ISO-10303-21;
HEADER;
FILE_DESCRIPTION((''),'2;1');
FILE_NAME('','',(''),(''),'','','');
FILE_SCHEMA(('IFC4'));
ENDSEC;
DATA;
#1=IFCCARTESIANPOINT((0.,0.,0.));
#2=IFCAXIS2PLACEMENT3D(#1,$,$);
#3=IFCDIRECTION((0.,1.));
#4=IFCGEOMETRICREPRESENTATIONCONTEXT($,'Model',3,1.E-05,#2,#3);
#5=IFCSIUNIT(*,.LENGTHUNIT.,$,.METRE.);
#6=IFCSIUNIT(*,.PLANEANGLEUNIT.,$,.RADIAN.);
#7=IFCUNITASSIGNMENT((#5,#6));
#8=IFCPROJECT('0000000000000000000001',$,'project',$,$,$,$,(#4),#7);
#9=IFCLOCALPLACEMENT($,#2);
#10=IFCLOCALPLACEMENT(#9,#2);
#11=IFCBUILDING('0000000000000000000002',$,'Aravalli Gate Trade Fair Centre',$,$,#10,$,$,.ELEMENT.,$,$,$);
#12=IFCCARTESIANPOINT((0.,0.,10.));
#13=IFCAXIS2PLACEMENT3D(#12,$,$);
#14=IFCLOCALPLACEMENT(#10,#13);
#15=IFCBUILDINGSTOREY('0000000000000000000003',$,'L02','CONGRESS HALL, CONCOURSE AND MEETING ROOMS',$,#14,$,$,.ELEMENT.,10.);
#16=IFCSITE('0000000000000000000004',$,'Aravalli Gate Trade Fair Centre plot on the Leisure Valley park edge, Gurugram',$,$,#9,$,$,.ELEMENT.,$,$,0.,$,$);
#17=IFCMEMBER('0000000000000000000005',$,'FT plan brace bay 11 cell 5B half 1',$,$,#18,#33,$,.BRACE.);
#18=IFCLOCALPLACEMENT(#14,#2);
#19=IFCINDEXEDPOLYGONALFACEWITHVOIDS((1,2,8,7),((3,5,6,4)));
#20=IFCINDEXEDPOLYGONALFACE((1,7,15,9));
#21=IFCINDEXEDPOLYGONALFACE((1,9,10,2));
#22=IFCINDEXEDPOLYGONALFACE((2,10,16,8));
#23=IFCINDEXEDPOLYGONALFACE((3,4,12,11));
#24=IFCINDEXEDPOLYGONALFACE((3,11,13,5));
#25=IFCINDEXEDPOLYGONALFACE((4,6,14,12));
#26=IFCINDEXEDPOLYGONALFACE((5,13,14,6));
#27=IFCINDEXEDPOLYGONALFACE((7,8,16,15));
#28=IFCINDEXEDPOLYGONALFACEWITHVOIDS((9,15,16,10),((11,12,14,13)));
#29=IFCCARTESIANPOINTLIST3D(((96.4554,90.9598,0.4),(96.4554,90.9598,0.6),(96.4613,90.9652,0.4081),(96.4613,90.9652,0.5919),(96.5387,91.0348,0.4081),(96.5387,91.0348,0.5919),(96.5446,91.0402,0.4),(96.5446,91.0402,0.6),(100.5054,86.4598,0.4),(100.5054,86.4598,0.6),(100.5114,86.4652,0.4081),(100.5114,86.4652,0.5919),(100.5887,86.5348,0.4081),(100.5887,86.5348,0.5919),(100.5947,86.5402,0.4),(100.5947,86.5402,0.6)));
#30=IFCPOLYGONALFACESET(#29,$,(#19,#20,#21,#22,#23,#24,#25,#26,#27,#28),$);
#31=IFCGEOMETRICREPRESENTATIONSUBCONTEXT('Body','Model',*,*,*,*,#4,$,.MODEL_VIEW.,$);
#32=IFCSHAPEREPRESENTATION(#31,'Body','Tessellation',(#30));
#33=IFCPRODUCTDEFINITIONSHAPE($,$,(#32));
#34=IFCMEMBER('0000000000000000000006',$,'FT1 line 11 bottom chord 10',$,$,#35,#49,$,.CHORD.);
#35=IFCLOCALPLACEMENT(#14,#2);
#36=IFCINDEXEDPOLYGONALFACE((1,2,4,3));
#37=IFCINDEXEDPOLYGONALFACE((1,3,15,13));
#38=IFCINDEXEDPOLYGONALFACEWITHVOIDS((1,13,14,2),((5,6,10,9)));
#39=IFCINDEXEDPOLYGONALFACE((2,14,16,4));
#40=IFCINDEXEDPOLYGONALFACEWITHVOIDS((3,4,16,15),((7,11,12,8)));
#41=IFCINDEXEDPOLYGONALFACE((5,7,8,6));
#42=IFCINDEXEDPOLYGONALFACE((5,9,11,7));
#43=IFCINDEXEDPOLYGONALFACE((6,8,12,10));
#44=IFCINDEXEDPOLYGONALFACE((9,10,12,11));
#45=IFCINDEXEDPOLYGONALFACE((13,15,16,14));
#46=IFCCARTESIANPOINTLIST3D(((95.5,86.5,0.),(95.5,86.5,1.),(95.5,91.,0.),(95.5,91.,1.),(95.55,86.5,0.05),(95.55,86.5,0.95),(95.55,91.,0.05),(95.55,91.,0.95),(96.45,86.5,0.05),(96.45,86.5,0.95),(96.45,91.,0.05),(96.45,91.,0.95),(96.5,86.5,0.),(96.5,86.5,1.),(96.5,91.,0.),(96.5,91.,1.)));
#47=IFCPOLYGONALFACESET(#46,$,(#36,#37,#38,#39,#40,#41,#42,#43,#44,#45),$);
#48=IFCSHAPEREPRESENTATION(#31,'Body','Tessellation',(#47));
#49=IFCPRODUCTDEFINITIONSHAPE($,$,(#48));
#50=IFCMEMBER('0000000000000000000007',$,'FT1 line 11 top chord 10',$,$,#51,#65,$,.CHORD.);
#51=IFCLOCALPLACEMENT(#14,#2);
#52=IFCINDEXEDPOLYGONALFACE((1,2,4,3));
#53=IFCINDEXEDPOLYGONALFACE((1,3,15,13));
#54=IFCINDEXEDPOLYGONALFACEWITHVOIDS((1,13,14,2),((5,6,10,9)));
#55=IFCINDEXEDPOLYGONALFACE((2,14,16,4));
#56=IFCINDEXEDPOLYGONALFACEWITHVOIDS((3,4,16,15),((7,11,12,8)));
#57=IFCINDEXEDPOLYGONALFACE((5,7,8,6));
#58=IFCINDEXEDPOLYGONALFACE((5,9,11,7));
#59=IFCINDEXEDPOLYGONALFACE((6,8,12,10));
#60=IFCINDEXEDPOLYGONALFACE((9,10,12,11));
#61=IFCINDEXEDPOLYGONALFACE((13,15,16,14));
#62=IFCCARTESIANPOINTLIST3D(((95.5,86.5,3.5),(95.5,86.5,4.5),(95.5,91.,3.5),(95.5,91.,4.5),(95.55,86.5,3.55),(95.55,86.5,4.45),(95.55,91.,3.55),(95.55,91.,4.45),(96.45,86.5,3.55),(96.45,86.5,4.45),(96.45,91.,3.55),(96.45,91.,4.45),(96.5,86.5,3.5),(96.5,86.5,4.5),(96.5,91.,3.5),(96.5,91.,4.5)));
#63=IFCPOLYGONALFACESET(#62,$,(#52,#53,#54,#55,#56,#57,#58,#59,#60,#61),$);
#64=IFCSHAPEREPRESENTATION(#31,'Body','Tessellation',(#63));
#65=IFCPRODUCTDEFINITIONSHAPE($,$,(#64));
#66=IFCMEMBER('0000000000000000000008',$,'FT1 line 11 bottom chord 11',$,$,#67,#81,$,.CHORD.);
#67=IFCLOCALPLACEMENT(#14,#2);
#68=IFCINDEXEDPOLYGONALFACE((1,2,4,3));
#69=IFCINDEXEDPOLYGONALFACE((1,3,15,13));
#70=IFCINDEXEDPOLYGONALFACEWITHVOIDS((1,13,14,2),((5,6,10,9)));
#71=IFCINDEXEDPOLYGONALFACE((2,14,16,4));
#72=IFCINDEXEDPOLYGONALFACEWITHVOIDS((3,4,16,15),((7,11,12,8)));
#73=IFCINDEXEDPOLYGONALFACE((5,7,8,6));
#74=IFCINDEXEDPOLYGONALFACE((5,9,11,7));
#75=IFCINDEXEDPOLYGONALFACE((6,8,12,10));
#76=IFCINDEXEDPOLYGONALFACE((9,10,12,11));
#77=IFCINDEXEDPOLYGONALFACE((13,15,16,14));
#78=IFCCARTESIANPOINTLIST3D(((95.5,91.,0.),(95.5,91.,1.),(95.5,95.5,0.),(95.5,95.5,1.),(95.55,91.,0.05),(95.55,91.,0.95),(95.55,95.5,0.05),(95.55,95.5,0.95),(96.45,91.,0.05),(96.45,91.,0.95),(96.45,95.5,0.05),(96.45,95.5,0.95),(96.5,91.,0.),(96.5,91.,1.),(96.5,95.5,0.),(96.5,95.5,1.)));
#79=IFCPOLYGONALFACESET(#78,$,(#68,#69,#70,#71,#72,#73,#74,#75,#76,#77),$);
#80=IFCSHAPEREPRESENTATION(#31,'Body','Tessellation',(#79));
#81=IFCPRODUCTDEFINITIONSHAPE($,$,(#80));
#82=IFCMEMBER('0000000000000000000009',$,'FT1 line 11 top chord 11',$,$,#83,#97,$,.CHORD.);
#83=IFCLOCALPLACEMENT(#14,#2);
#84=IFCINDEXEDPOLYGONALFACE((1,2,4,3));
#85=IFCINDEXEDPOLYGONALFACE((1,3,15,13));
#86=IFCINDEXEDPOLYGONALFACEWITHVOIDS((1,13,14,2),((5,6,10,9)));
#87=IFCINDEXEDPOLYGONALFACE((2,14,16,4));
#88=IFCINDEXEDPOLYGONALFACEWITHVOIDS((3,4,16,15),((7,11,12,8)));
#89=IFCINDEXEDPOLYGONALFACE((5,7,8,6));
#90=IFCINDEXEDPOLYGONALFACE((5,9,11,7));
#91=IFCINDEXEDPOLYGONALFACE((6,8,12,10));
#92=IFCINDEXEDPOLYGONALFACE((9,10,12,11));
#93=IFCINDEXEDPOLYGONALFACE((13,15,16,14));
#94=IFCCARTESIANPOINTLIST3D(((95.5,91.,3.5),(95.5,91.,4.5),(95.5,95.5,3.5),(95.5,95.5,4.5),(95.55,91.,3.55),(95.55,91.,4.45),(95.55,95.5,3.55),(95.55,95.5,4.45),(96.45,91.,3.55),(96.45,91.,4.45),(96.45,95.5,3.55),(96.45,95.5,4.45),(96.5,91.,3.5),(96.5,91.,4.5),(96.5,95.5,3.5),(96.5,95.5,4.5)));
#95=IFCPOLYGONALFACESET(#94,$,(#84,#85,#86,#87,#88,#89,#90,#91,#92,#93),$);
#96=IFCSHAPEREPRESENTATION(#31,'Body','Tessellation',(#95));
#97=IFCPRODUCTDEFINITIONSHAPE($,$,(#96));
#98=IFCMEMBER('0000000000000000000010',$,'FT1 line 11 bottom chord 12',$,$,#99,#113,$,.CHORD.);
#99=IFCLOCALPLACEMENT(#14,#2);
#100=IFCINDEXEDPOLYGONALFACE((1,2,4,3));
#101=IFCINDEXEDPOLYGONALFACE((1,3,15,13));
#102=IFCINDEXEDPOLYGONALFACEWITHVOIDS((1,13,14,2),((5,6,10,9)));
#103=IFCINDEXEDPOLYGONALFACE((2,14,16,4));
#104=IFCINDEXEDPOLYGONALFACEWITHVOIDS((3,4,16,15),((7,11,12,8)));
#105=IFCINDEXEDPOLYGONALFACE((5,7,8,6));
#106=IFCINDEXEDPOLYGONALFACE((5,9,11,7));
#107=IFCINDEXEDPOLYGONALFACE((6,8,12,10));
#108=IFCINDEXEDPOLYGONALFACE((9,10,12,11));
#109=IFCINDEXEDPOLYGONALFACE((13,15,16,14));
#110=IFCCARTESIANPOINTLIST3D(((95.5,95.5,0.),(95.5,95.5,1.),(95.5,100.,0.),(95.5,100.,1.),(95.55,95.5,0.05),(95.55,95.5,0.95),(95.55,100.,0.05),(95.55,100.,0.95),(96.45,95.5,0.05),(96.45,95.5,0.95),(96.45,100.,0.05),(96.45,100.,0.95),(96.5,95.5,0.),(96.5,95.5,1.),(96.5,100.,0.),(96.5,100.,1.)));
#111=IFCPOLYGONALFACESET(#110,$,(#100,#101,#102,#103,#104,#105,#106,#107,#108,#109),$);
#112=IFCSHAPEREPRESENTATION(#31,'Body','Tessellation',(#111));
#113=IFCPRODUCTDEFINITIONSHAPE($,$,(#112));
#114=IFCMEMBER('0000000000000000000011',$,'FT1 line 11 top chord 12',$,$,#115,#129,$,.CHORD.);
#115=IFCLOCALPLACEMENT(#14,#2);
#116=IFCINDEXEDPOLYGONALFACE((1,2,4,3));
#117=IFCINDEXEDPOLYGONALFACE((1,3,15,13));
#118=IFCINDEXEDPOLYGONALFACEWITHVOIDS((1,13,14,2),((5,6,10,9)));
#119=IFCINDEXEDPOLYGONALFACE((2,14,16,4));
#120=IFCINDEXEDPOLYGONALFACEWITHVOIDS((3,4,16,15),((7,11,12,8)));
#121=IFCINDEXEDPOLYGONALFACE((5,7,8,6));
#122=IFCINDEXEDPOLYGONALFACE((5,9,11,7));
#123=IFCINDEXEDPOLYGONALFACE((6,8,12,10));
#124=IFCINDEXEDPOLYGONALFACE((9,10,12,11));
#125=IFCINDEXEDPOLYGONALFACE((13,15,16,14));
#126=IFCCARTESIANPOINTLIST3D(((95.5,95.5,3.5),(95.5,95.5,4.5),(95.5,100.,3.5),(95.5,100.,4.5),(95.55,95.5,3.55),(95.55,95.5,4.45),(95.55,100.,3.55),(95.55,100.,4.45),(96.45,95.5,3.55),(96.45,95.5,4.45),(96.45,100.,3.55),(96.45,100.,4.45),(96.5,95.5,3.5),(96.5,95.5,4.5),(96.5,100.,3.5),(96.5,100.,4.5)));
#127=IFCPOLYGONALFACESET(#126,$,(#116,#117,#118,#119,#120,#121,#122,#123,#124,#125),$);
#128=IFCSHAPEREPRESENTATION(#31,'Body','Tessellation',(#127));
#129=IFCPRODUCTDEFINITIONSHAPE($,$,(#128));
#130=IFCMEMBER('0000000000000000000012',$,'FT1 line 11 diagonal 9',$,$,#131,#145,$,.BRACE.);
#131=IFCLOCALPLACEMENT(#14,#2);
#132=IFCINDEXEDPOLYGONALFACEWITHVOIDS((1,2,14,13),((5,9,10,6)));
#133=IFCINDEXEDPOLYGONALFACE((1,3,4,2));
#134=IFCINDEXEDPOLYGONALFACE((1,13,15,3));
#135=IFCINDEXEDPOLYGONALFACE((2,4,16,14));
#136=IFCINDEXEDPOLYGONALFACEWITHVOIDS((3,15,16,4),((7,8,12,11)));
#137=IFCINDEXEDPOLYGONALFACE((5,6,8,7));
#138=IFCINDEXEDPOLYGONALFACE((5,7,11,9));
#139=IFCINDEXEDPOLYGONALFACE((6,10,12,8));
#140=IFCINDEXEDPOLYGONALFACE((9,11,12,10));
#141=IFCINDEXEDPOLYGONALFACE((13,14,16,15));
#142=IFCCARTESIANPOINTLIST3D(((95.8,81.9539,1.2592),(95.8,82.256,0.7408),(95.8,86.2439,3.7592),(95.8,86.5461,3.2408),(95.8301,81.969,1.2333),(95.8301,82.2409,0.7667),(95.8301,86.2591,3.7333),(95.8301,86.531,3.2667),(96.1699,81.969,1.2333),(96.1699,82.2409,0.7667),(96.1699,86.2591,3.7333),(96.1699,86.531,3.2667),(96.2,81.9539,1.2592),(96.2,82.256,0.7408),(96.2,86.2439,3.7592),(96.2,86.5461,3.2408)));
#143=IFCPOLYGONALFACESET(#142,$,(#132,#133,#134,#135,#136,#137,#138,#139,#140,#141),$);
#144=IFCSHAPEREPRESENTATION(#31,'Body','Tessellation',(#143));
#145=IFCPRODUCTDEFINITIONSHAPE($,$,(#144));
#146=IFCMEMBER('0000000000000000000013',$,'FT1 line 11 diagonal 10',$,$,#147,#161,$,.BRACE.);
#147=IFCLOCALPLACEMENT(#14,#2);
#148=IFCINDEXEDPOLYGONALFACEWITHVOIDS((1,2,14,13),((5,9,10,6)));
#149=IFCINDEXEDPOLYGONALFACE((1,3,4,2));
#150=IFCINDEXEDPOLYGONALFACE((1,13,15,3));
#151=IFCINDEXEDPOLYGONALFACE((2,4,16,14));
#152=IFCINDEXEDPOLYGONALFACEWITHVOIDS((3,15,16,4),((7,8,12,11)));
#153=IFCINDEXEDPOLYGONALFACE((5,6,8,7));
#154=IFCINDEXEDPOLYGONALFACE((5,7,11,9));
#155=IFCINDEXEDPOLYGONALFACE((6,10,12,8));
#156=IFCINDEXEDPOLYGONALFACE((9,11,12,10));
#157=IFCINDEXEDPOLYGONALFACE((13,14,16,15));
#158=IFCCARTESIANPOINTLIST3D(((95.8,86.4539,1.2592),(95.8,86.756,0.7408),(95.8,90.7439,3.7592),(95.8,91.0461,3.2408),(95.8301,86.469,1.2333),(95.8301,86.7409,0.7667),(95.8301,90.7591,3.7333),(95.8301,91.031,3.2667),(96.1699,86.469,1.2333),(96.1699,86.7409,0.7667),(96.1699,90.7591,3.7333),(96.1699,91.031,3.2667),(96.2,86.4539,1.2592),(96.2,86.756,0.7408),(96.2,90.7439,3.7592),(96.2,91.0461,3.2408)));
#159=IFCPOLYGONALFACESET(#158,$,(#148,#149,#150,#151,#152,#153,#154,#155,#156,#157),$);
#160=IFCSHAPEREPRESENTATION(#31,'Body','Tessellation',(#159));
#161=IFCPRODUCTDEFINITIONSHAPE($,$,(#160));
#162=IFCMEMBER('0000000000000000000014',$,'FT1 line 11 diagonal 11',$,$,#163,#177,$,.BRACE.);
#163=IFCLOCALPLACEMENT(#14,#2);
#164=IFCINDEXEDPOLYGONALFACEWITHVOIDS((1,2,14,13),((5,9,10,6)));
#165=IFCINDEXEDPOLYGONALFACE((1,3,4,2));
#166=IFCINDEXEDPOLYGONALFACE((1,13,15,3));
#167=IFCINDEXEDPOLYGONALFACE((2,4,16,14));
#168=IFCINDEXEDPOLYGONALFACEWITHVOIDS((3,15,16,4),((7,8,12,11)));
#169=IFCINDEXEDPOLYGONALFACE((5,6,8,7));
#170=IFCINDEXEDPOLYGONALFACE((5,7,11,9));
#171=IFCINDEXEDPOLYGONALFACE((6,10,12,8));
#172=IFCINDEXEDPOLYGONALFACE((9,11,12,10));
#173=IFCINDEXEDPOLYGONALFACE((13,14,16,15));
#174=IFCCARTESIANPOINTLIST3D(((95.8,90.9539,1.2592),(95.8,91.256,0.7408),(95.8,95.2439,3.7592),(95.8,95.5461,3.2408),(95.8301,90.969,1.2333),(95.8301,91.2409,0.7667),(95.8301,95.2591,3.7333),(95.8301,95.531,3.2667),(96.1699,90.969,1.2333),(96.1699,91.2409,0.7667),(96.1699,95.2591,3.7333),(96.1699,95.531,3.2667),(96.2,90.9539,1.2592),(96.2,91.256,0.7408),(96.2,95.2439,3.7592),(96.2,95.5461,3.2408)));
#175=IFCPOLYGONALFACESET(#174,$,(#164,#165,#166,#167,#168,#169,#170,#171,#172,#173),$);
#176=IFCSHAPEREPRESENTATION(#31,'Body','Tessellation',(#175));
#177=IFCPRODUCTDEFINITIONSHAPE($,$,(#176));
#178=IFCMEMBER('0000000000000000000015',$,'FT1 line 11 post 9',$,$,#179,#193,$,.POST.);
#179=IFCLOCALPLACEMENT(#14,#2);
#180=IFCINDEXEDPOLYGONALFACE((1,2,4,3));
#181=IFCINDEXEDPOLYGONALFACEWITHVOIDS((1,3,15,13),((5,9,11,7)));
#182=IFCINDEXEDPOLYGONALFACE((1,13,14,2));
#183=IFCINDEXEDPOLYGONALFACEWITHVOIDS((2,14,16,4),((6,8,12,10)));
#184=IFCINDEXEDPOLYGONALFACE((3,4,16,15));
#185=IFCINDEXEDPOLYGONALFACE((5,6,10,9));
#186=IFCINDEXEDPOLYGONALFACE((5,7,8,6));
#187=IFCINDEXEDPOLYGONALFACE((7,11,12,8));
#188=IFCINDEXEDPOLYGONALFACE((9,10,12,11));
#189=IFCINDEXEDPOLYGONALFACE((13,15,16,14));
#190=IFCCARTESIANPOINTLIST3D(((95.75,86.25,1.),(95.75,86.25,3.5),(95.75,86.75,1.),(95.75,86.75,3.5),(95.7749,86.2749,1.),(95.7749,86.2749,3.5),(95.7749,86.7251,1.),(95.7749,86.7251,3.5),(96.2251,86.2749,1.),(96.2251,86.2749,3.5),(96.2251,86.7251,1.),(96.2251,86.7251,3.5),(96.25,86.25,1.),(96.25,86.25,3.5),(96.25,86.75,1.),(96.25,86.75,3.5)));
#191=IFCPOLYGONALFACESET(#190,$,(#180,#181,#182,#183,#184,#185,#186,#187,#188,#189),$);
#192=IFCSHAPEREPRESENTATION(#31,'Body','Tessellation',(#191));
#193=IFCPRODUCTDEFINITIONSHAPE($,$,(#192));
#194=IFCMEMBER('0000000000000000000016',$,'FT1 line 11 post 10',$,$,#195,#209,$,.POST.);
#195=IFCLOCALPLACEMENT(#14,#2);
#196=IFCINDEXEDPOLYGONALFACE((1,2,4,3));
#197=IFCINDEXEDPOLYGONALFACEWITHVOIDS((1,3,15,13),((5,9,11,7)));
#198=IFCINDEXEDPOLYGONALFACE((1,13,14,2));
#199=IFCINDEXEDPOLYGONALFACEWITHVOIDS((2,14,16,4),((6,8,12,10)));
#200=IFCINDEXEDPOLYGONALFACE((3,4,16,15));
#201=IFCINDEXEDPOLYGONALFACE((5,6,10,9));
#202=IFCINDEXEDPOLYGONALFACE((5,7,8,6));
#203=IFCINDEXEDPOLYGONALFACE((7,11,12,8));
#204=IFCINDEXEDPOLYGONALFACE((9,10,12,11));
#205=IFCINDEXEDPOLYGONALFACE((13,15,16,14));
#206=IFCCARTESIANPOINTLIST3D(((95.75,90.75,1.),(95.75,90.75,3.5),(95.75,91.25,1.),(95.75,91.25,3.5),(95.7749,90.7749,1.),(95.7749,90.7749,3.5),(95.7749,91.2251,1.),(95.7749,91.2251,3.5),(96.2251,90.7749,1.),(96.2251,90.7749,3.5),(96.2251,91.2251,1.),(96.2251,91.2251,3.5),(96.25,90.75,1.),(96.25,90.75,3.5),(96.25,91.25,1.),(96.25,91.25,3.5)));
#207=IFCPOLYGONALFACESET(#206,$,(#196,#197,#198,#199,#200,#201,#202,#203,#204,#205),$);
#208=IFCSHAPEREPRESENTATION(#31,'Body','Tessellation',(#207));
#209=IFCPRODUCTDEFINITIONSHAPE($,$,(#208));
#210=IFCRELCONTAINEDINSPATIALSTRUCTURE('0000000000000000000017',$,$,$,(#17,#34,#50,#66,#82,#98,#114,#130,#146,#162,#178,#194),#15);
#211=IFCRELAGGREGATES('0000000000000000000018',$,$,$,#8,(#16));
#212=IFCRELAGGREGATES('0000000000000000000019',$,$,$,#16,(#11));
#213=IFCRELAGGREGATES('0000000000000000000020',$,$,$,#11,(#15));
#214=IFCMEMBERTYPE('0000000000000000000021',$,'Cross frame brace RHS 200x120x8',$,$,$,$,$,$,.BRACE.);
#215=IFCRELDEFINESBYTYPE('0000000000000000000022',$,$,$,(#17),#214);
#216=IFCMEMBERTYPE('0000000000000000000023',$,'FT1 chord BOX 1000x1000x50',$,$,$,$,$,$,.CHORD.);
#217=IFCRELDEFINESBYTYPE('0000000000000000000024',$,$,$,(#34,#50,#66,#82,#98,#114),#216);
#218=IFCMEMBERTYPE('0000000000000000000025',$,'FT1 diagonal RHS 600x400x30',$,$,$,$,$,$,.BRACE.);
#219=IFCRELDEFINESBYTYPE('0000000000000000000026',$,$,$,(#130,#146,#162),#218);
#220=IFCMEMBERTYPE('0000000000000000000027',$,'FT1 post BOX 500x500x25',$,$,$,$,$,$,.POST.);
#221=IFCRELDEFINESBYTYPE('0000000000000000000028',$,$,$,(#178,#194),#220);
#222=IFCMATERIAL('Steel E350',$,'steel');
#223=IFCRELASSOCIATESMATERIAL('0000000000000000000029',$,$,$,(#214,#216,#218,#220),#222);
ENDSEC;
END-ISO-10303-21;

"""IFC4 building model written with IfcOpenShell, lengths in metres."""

from ifc_helpers import new_model, si_unit, direction, frame, origin, origin_2d, place, context, subcontext, project, spatial, hollow_rectangle, extrude, material, material_profile, profile_set, type_object, element, save


model = new_model("IFC4")

# Units and contexts
model_context = context("Model", 3, precision=1e-05, world=origin(), true_north=direction((0.0, 1.0)))
body_context = subcontext(model_context, "Body", "Model", "MODEL_VIEW")
ifc_project = project(units=[si_unit("LENGTHUNIT", "METRE"), si_unit("PLANEANGLEUNIT", "RADIAN")], contexts=[model_context])

# Site, building, storey
site_placement = place(None, origin())
site = spatial("IfcSite", under=ifc_project, at=site_placement, Name="Aravalli Gate Trade Fair Centre plot on the Leisure Valley park edge, Gurugram", CompositionType="ELEMENT", RefElevation=0.0)
building_placement = place(site_placement, origin())
building = spatial("IfcBuilding", under=site, at=building_placement, Name="Aravalli Gate Trade Fair Centre", CompositionType="ELEMENT")
storey_placement = place(building_placement, frame((0.0, 0.0, 10.0)))
storey = spatial("IfcBuildingStorey", under=building, at=storey_placement, Name="L02", Description="CONGRESS HALL, CONCOURSE AND MEETING ROOMS", CompositionType="ELEMENT", Elevation=10.0)

# Members
ifc_material = material(Name="Steel E350", Category="steel")
ifc_material_profile_1 = material_profile(ifc_material, hollow_rectangle(XDim=0.1201, YDim=0.2, WallThickness=0.0081, at=origin_2d()), Name="RHS 200x120x8")
ifc_profile_set_1 = profile_set([ifc_material_profile_1], Name="Steel E350")
member_type_1 = type_object("IfcMemberType", Name="Cross frame brace RHS 200x120x8", PredefinedType="BRACE", material=ifc_profile_set_1)
member_placement = place(storey_placement, frame((96.5, 91.0, 0.5), z_axis=(0.668969, -0.74329, 0.0), x_axis=(0.74329, 0.668969, 0.0)))
element("IfcMember", 1, at=member_placement, inside=storey, type_object=member_type_1, Name="FT plan brace bay 11 cell 5B half 1", PredefinedType="BRACE", context=body_context, shape_type="SweptSolid", body=[
    extrude(hollow_rectangle(XDim=0.1201, YDim=0.2, WallThickness=0.0081, at=origin_2d()), origin(), (0.0, 0.0, 1.0), 6.0542),
])
ifc_material_profile_2 = material_profile(ifc_material, hollow_rectangle(XDim=1.0, YDim=1.0, WallThickness=0.05, at=origin_2d()), Name="BOX 1000x1000x50")
ifc_profile_set_2 = profile_set([ifc_material_profile_2], Name="Steel E350")
member_type_2 = type_object("IfcMemberType", Name="FT1 chord BOX 1000x1000x50", PredefinedType="CHORD", material=ifc_profile_set_2)
for number, where, z_axis, x_axis, name in (
    (2, (96.0, 86.5, 0.5), (0.0, 1.0, 0.0), (-1.0, 0.0, 0.0), "FT1 line 11 bottom chord 10"),
    (3, (96.0, 86.5, 4.0), (0.0, 1.0, 0.0), (-1.0, 0.0, 0.0), "FT1 line 11 top chord 10"),
    (4, (96.0, 91.0, 0.5), (0.0, 1.0, 0.0), (-1.0, 0.0, 0.0), "FT1 line 11 bottom chord 11"),
    (5, (96.0, 91.0, 4.0), (0.0, 1.0, 0.0), (-1.0, 0.0, 0.0), "FT1 line 11 top chord 11"),
    (6, (96.0, 95.5, 0.5), (0.0, 1.0, 0.0), (-1.0, 0.0, 0.0), "FT1 line 11 bottom chord 12"),
    (7, (96.0, 95.5, 4.0), (0.0, 1.0, 0.0), (-1.0, 0.0, 0.0), "FT1 line 11 top chord 12"),
):
    element("IfcMember", number, at=place(storey_placement, frame(where, z_axis=z_axis, x_axis=x_axis)), inside=storey, type_object=member_type_2, Name=name, PredefinedType="CHORD", context=body_context, shape_type="SweptSolid", body=[
        extrude(hollow_rectangle(XDim=1.0, YDim=1.0, WallThickness=0.05, at=origin_2d()), origin(), (0.0, 0.0, 1.0), 4.5),
    ])
ifc_material_profile_3 = material_profile(ifc_material, hollow_rectangle(XDim=0.3999, YDim=0.6001, WallThickness=0.03, at=origin_2d()), Name="RHS 600x400x30")
ifc_profile_set_3 = profile_set([ifc_material_profile_3], Name="Steel E350")
member_type_3 = type_object("IfcMemberType", Name="FT1 diagonal RHS 600x400x30", PredefinedType="BRACE", material=ifc_profile_set_3)
for number, where, z_axis, x_axis, name in (
    (8, (96.0, 86.395, 3.5), (0.0, -0.864, -0.503492), (1.0, 0.0, 0.0), "FT1 line 11 diagonal 9"),
    (9, (96.0, 90.895, 3.5), (0.0, -0.864, -0.503492), (1.0, 0.0, 0.0), "FT1 line 11 diagonal 10"),
    (10, (96.0, 95.395, 3.5), (0.0, -0.864, -0.503492), (1.0, 0.0, 0.0), "FT1 line 11 diagonal 11"),
):
    element("IfcMember", number, at=place(storey_placement, frame(where, z_axis=z_axis, x_axis=x_axis)), inside=storey, type_object=member_type_3, Name=name, PredefinedType="BRACE", context=body_context, shape_type="SweptSolid", body=[
        extrude(hollow_rectangle(XDim=0.3999, YDim=0.6001, WallThickness=0.03, at=origin_2d()), origin(), (0.0, 0.0, 1.0), 4.9653),
    ])
ifc_material_profile_4 = material_profile(ifc_material, hollow_rectangle(XDim=0.5, YDim=0.5, WallThickness=0.0249, at=origin_2d()), Name="BOX 500x500x25")
ifc_profile_set_4 = profile_set([ifc_material_profile_4], Name="Steel E350")
member_type_4 = type_object("IfcMemberType", Name="FT1 post BOX 500x500x25", PredefinedType="POST", material=ifc_profile_set_4)
for number, where, z_axis, x_axis, name in (
    (11, (96.0, 86.5, 1.0), (0.0, 0.0, 1.0), (1.0, 0.0, 0.0), "FT1 line 11 post 9"),
    (12, (96.0, 91.0, 1.0), (0.0, 0.0, 1.0), (1.0, 0.0, 0.0), "FT1 line 11 post 10"),
):
    element("IfcMember", number, at=place(storey_placement, frame(where, z_axis=z_axis, x_axis=x_axis)), inside=storey, type_object=member_type_4, Name=name, PredefinedType="POST", context=body_context, shape_type="SweptSolid", body=[
        extrude(hollow_rectangle(XDim=0.5, YDim=0.5, WallThickness=0.0249, at=origin_2d()), origin(), (0.0, 0.0, 1.0), 2.5),
    ])

save(model, "model.ifc")
